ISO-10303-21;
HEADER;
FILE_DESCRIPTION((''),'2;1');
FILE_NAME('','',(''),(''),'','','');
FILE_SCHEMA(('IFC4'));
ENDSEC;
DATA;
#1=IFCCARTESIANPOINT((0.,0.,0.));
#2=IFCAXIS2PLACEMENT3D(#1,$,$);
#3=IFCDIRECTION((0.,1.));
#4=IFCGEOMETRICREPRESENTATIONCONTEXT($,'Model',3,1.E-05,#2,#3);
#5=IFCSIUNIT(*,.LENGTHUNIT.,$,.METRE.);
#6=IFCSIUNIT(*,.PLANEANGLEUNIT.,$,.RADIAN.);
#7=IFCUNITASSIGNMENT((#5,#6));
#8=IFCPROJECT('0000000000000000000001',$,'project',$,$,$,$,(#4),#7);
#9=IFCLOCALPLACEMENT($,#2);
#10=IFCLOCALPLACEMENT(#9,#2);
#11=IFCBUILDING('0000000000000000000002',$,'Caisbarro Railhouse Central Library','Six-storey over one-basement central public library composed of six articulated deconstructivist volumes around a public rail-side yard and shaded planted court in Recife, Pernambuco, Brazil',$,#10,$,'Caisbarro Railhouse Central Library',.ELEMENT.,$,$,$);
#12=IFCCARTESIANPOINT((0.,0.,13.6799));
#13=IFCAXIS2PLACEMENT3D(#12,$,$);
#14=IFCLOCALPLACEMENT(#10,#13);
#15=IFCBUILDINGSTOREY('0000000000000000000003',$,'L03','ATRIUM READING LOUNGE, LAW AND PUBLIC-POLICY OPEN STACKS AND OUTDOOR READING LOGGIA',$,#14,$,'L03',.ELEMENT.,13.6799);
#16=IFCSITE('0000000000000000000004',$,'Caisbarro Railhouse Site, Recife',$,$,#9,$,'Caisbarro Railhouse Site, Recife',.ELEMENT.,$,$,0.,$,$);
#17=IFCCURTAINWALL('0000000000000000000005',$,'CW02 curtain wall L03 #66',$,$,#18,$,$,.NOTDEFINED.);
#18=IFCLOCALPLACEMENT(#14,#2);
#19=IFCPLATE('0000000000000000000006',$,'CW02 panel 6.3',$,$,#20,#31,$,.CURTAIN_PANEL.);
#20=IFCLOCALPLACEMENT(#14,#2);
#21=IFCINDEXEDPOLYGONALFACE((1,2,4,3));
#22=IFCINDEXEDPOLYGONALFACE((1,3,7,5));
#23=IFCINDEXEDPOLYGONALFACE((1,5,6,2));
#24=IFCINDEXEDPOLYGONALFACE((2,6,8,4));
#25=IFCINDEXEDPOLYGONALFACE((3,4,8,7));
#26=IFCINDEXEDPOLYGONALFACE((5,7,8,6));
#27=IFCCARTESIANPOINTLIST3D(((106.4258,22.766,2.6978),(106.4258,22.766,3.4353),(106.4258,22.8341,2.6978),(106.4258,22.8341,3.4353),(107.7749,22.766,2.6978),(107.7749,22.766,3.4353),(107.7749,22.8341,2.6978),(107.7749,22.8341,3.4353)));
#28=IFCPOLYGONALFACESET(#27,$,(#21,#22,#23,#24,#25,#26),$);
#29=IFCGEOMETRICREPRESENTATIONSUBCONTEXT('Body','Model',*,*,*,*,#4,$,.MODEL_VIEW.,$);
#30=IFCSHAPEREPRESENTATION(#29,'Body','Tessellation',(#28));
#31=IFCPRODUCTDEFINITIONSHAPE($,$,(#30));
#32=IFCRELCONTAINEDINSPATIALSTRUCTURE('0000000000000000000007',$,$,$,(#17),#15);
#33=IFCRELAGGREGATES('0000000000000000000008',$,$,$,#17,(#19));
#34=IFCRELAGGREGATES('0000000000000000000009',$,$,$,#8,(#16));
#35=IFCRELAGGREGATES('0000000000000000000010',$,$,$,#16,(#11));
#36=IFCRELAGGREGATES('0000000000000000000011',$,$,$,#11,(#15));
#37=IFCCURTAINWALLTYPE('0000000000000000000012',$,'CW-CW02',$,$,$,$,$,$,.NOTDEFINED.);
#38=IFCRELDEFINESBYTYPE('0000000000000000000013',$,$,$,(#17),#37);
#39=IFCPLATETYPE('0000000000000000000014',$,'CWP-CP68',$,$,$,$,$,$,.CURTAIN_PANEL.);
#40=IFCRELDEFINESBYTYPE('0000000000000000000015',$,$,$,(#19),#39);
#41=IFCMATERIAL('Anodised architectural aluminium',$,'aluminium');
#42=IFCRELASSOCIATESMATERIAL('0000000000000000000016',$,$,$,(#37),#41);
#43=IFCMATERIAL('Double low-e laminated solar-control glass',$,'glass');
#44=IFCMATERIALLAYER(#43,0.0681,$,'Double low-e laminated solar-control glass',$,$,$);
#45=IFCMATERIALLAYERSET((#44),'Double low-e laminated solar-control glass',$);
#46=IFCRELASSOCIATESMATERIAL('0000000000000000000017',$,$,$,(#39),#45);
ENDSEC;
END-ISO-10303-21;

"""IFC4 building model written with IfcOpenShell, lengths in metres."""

from ifc_helpers import new_model, si_unit, direction, frame, origin, origin_2d, place, context, subcontext, project, spatial, rectangle, extrude, material, layer, layer_set, type_object, element, aggregate, save


model = new_model("IFC4")

# Units and contexts
model_context = context("Model", 3, precision=1e-05, world=origin(), true_north=direction((0.0, 1.0)))
body_context = subcontext(model_context, "Body", "Model", "MODEL_VIEW")
ifc_project = project(units=[si_unit("LENGTHUNIT", "METRE"), si_unit("PLANEANGLEUNIT", "RADIAN")], contexts=[model_context])

# Site, building, storey
site_placement = place(None, origin())
site = spatial("IfcSite", under=ifc_project, at=site_placement, Name="Caisbarro Railhouse Site, Recife", LongName="Caisbarro Railhouse Site, Recife", CompositionType="ELEMENT", RefElevation=0.0)
building_placement = place(site_placement, origin())
building = spatial("IfcBuilding", under=site, at=building_placement, Name="Caisbarro Railhouse Central Library", Description="Six-storey over one-basement central public library composed of six articulated deconstructivist volumes around a public rail-side yard and shaded planted court in Recife, Pernambuco, Brazil", LongName="Caisbarro Railhouse Central Library", CompositionType="ELEMENT")
storey_placement = place(building_placement, frame((0.0, 0.0, 13.6799)))
storey = spatial("IfcBuildingStorey", under=building, at=storey_placement, Name="L03", Description="ATRIUM READING LOUNGE, LAW AND PUBLIC-POLICY OPEN STACKS AND OUTDOOR READING LOGGIA", LongName="L03", CompositionType="ELEMENT", Elevation=13.6799)

# Curtain wall, plate
ifc_material_1 = material(Name="Anodised architectural aluminium", Category="aluminium")
curtain_wall_type = type_object("IfcCurtainWallType", Name="CW-CW02", PredefinedType="NOTDEFINED", material=ifc_material_1)
curtain_wall_placement = place(storey_placement, origin())
curtain_wall = element("IfcCurtainWall", 1, at=curtain_wall_placement, inside=storey, type_object=curtain_wall_type, Name="CW02 curtain wall L03 #66", PredefinedType="NOTDEFINED")
ifc_material_2 = material(Name="Double low-e laminated solar-control glass", Category="glass")
ifc_layer = layer(ifc_material_2, 0.0681, Name="Double low-e laminated solar-control glass")
ifc_layer_set = layer_set([ifc_layer], Name="Double low-e laminated solar-control glass")
plate_type = type_object("IfcPlateType", Name="CWP-CP68", PredefinedType="CURTAIN_PANEL", material=ifc_layer_set)
plate_1_placement = place(storey_placement, frame((107.1003, 22.8, 2.6978), z_axis=(0.0, 0.0, 1.0), x_axis=(1.0, 0.0, 0.0)))
plate_1 = element("IfcPlate", 2, at=plate_1_placement, type_object=plate_type, Name="CW02 panel 6.3", PredefinedType="CURTAIN_PANEL", context=body_context, shape_type="SweptSolid", body=[
    extrude(rectangle(XDim=1.3491, YDim=0.0681, at=origin_2d()), origin(), (0.0, 0.0, 1.0), 0.7375),
])
aggregate(curtain_wall, [plate_1])

save(model, "model.ifc")
